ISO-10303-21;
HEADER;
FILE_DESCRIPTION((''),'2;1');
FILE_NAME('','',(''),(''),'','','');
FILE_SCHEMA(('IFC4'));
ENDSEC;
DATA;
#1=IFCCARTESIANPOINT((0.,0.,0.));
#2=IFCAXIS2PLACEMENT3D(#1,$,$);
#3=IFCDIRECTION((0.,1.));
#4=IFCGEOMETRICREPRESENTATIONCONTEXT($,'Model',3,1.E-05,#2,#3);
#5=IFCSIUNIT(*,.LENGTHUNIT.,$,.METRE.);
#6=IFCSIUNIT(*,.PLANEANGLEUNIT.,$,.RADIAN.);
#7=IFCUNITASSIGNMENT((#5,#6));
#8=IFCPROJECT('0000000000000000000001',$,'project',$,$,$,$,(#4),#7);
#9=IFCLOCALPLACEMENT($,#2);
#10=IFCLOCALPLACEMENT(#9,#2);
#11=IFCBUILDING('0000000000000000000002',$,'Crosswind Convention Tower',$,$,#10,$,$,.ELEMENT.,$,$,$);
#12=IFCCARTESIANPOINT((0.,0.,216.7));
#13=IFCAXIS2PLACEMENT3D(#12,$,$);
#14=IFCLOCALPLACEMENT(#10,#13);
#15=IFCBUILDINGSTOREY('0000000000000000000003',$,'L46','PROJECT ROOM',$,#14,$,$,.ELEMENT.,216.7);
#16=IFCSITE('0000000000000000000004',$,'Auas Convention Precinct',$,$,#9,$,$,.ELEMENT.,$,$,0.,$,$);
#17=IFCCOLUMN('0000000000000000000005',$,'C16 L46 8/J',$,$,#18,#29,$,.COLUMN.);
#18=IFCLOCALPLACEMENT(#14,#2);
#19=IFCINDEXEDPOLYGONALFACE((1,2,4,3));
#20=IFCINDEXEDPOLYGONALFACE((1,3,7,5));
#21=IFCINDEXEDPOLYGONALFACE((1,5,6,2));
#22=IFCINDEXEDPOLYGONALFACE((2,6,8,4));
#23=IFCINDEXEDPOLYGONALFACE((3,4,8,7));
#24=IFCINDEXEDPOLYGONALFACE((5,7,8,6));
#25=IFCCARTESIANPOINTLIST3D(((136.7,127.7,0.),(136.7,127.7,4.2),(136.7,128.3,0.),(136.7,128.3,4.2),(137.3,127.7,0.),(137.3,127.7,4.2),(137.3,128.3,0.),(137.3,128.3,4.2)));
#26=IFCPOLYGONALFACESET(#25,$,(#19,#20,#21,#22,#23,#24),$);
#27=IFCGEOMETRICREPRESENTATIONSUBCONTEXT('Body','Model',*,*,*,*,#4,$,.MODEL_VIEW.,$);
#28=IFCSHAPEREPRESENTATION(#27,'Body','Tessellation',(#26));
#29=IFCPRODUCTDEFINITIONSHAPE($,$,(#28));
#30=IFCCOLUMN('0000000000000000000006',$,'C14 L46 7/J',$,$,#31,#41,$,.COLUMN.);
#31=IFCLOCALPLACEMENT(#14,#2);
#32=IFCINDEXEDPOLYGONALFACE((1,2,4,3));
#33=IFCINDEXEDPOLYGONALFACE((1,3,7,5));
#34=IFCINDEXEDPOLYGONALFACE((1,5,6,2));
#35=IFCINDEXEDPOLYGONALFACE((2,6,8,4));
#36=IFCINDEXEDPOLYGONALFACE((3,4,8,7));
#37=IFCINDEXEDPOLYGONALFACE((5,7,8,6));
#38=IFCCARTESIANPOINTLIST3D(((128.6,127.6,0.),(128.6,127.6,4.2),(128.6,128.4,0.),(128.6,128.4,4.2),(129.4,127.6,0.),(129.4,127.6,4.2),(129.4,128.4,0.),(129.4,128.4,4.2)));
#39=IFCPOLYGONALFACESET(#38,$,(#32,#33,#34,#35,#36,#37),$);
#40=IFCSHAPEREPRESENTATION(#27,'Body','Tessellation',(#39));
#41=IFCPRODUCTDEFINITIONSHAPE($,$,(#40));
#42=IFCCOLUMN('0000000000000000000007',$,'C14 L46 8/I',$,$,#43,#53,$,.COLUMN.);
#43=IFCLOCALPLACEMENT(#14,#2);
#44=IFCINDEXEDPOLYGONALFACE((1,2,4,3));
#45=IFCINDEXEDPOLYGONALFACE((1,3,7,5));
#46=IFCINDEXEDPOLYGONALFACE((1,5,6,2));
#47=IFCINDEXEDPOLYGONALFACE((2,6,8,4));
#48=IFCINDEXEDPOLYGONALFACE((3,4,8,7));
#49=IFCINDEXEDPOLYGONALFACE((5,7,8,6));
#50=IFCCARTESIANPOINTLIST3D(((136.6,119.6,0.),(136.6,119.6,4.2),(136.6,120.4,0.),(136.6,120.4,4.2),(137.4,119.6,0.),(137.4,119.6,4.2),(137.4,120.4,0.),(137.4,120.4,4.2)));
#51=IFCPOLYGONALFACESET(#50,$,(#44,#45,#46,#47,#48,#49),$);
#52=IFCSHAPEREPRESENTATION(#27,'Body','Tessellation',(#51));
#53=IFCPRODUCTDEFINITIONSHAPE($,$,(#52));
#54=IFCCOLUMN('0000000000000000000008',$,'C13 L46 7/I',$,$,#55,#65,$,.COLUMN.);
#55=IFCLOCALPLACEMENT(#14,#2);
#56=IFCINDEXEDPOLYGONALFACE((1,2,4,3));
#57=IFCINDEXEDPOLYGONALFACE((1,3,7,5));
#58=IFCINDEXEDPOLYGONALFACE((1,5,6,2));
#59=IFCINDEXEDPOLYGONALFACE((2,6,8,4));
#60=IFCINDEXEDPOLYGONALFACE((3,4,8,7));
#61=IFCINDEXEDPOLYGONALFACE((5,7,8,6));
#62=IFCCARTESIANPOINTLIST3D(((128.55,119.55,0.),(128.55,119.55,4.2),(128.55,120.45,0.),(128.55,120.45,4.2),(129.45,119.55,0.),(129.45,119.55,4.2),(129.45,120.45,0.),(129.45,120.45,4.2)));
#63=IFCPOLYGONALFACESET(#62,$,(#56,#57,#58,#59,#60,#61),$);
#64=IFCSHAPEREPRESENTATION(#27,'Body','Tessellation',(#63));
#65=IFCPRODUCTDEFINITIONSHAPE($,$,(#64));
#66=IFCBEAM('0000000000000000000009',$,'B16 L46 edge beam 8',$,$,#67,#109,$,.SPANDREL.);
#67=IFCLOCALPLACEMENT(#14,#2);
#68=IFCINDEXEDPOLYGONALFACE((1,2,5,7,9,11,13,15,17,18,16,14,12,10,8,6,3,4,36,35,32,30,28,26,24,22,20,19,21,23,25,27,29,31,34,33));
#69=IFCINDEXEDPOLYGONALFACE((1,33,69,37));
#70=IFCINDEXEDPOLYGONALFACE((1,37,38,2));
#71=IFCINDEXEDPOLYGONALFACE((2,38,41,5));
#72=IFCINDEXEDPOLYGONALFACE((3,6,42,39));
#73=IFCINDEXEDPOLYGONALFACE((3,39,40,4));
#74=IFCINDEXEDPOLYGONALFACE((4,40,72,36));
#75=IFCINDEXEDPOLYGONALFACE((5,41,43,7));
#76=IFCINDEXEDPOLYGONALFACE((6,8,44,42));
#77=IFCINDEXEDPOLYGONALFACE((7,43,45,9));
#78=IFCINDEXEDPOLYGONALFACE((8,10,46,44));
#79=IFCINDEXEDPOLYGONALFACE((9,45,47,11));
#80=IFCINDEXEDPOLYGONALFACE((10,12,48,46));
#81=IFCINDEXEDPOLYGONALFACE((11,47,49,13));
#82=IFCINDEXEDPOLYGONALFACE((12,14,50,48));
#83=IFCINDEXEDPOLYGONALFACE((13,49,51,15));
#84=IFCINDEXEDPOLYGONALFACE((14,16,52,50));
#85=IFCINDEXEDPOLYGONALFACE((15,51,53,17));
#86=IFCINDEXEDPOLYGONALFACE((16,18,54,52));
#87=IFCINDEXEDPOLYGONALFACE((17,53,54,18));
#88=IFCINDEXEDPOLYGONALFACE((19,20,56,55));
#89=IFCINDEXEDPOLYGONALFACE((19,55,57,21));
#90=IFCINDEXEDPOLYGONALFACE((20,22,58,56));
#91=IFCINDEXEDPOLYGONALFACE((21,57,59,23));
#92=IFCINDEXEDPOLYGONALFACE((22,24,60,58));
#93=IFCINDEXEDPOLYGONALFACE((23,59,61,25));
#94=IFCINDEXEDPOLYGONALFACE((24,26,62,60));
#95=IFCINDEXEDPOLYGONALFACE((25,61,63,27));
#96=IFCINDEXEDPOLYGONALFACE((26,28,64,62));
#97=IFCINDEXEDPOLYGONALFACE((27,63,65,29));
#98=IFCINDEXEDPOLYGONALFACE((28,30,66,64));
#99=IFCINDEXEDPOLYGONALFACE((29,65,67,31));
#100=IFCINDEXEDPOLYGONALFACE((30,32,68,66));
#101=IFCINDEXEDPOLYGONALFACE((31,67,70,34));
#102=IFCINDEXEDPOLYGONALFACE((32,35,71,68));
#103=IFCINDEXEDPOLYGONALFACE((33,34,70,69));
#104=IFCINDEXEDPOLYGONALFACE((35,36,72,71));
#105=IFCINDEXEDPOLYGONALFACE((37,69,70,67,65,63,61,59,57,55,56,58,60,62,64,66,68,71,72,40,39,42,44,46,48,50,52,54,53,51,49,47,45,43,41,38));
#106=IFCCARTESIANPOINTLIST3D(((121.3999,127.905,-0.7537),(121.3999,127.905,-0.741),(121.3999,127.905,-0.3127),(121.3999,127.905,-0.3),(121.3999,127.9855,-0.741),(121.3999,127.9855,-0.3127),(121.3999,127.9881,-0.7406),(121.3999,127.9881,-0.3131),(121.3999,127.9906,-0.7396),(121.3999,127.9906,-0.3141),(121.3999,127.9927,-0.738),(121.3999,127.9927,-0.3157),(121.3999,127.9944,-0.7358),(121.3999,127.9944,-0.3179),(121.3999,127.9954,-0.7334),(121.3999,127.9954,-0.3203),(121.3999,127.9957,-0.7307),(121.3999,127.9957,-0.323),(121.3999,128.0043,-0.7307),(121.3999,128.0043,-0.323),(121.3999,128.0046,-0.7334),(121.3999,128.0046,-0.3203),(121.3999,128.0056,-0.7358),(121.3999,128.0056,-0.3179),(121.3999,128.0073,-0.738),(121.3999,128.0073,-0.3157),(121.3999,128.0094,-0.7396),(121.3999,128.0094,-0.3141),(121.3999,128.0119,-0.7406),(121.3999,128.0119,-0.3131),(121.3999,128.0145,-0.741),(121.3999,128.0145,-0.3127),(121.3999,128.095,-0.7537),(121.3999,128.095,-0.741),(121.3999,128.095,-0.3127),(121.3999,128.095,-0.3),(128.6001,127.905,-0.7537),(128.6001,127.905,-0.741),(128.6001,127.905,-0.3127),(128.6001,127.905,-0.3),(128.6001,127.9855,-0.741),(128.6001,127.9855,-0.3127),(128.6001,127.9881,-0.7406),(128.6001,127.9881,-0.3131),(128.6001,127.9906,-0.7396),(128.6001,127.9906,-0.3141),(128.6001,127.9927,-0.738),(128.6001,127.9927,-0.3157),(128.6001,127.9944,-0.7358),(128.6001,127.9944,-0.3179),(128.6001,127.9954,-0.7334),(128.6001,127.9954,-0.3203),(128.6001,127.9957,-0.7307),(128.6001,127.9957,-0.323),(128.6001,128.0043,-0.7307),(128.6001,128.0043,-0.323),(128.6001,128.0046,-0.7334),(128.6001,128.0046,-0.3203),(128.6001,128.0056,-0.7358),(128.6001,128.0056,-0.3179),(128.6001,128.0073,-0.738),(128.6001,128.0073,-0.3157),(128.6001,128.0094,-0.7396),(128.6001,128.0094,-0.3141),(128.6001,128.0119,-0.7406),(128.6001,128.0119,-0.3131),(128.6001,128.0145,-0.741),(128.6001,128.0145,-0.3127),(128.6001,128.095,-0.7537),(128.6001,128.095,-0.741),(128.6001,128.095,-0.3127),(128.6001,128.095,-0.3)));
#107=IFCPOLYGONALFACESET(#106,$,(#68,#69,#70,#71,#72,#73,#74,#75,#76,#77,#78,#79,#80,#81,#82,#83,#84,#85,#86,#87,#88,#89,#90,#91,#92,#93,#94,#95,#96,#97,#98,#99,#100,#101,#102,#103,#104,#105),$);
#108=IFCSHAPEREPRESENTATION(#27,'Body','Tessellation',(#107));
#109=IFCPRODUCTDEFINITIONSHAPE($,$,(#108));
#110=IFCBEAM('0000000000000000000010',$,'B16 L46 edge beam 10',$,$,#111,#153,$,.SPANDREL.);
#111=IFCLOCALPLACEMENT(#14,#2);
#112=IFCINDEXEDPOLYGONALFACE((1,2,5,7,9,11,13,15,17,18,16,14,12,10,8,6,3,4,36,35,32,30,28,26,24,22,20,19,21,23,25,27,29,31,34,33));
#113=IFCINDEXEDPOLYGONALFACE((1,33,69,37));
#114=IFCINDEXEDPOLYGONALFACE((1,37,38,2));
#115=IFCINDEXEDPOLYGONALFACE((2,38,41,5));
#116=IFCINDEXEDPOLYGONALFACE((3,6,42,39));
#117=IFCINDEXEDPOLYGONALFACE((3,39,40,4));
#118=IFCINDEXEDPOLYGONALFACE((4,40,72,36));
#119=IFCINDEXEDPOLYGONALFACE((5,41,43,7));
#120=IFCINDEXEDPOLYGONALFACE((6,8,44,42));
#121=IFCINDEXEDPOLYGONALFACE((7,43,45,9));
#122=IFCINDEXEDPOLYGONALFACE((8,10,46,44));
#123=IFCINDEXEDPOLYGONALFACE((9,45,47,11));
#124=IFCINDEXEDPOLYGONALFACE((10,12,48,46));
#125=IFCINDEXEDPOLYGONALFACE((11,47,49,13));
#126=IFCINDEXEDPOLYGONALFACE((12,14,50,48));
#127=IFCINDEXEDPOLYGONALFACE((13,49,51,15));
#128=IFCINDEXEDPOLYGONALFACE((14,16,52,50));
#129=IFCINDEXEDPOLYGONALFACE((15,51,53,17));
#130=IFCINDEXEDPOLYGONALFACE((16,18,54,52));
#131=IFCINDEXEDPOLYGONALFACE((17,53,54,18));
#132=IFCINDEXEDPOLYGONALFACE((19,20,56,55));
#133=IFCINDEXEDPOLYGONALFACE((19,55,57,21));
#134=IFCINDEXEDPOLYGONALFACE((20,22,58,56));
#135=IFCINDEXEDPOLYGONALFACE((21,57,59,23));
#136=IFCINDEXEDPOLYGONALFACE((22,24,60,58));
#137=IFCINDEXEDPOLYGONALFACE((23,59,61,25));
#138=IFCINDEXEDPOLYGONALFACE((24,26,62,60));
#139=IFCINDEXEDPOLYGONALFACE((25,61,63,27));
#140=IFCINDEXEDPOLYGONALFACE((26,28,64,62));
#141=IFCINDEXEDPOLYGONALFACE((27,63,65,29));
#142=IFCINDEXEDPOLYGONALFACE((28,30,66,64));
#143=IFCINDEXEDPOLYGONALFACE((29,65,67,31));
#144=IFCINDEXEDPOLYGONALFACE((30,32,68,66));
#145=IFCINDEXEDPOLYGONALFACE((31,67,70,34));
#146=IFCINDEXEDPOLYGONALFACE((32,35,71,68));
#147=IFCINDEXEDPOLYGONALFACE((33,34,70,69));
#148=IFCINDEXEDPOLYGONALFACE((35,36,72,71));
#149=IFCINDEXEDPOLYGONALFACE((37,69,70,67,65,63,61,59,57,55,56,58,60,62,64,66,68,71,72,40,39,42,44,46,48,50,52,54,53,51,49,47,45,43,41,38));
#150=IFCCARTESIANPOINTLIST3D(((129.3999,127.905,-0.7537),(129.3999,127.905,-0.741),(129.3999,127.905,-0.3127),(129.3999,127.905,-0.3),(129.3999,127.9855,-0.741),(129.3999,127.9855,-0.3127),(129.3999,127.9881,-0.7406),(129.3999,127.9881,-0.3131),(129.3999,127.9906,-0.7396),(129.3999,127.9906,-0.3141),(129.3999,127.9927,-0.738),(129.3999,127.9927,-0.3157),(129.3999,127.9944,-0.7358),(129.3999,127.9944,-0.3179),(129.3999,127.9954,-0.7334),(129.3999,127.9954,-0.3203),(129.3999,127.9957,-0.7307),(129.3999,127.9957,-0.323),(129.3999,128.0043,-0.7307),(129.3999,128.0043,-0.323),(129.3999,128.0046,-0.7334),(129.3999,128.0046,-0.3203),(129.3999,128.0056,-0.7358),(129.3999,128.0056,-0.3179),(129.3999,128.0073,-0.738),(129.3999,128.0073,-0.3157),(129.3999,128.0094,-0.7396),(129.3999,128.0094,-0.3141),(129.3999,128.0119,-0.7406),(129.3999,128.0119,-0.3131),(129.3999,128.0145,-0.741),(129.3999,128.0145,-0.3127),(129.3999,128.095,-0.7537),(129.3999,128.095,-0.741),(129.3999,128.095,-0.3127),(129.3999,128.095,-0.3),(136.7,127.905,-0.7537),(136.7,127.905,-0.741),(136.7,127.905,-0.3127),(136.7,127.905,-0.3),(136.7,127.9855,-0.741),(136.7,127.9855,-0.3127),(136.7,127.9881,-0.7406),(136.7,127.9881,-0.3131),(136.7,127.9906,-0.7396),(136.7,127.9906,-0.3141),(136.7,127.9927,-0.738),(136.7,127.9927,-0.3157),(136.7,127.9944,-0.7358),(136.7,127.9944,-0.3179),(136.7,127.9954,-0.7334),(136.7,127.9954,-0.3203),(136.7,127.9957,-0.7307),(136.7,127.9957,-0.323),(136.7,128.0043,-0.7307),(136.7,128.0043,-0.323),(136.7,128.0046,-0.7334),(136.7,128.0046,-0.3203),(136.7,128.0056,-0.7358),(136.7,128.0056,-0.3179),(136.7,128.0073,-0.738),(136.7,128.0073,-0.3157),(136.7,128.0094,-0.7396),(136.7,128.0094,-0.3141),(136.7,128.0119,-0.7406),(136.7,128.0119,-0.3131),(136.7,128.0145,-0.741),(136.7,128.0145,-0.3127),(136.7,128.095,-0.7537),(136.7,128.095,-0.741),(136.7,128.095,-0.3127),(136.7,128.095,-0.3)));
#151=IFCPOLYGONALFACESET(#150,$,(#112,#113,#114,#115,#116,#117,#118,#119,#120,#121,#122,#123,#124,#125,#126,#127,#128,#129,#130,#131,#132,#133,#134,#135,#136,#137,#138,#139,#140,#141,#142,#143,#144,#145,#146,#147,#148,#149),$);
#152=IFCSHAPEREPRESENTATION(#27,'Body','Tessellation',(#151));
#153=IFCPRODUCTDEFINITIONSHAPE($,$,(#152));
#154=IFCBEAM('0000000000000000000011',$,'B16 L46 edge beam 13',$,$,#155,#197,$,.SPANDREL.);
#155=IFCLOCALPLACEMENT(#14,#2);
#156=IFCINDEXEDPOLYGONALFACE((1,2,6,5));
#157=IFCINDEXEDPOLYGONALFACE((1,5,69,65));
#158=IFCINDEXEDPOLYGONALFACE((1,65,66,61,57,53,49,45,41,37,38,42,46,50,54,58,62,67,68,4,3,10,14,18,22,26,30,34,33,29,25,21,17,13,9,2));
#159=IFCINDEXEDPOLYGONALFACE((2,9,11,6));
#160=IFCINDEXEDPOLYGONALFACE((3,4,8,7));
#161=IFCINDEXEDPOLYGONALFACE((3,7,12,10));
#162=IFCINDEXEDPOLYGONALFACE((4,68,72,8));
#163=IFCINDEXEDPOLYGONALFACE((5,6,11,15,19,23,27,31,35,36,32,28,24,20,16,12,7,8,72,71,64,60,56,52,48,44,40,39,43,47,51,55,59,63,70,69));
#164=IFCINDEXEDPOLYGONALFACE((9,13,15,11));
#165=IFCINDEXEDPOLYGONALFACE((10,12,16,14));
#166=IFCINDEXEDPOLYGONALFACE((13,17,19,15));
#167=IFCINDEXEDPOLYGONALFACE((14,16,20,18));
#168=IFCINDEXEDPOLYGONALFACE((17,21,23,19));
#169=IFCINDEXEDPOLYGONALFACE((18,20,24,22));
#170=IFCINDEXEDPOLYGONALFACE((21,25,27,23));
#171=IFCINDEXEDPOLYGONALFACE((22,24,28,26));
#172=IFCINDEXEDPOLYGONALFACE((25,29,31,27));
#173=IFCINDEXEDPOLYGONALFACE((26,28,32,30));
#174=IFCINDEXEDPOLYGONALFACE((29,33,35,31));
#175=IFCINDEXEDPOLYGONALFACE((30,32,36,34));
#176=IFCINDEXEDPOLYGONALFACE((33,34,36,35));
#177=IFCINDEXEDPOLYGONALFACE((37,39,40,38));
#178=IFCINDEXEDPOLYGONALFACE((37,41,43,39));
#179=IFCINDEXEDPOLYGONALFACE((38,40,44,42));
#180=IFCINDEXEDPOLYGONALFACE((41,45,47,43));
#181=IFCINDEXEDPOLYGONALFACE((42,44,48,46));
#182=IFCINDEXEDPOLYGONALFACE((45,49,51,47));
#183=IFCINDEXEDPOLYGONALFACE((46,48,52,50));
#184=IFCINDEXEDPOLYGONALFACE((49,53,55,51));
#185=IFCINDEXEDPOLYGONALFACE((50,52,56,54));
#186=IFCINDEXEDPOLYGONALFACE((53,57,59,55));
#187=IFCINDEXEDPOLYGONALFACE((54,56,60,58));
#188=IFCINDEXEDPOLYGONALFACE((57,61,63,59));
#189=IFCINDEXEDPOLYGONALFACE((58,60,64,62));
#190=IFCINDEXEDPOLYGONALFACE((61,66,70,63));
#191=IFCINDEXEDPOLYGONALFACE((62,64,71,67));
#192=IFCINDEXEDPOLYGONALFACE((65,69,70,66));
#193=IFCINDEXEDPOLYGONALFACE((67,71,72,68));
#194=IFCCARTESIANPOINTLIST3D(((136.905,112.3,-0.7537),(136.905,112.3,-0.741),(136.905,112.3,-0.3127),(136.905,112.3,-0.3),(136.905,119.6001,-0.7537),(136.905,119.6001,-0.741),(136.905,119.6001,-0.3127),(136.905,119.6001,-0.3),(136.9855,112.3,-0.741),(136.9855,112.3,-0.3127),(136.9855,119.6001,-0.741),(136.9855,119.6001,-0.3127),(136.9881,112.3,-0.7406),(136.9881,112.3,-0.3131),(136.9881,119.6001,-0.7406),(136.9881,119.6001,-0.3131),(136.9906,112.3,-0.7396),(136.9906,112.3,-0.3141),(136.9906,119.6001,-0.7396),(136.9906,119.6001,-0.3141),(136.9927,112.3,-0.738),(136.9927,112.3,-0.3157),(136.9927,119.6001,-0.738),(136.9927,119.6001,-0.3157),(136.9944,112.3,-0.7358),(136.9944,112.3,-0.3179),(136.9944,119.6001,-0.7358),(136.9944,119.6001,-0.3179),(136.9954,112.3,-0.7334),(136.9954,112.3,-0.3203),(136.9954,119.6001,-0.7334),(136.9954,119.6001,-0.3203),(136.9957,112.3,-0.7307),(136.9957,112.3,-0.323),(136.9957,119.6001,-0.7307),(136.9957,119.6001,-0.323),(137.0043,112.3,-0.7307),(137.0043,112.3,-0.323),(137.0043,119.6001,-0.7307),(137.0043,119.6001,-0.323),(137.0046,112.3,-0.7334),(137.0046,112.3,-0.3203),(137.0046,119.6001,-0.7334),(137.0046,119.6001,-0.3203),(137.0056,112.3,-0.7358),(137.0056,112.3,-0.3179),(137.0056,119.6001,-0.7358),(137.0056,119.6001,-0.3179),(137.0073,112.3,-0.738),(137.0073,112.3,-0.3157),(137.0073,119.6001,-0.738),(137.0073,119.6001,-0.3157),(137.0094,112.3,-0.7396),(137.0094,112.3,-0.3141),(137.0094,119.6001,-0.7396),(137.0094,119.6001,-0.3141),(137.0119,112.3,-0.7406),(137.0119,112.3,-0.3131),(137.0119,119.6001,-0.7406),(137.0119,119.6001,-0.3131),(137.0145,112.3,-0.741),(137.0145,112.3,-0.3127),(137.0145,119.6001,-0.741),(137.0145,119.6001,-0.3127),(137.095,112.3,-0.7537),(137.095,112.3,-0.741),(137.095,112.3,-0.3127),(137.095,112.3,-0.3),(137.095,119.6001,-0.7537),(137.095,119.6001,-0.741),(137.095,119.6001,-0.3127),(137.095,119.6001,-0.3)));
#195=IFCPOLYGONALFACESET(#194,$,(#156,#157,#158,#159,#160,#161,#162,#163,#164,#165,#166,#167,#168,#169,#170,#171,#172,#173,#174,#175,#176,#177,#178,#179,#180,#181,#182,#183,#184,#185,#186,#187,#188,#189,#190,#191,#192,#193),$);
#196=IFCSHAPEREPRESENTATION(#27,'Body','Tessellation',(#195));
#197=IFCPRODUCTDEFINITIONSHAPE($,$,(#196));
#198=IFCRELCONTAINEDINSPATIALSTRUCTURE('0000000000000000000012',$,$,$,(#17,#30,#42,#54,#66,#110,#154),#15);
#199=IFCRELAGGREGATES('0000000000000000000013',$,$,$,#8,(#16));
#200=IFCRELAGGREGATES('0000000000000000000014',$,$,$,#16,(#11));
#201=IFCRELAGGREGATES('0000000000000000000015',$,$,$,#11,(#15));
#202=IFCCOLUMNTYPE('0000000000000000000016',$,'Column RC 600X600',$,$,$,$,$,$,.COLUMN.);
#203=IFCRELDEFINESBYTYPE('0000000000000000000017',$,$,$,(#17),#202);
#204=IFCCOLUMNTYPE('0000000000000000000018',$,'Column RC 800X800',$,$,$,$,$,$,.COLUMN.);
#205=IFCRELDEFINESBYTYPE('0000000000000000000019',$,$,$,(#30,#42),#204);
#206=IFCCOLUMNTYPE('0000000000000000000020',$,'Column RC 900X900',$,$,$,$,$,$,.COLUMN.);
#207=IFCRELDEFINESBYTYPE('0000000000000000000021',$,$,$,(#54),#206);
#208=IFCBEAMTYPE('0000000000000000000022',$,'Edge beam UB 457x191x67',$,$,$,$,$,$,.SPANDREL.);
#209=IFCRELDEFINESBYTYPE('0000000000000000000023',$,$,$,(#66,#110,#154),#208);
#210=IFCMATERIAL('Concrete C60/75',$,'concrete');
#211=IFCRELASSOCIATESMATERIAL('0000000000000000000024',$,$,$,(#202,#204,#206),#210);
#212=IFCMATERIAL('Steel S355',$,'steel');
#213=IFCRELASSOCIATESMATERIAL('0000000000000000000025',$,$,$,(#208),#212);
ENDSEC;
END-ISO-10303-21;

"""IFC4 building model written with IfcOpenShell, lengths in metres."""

from ifc_helpers import new_model, si_unit, direction, frame, origin, origin_2d, place, context, subcontext, project, spatial, rectangle, i_section, extrude, material, material_profile, profile_set, type_object, element, save


model = new_model("IFC4")

# Units and contexts
model_context = context("Model", 3, precision=1e-05, world=origin(), true_north=direction((0.0, 1.0)))
body_context = subcontext(model_context, "Body", "Model", "MODEL_VIEW")
ifc_project = project(units=[si_unit("LENGTHUNIT", "METRE"), si_unit("PLANEANGLEUNIT", "RADIAN")], contexts=[model_context])

# Site, building, storey
site_placement = place(None, origin())
site = spatial("IfcSite", under=ifc_project, at=site_placement, Name="Auas Convention Precinct", CompositionType="ELEMENT", RefElevation=0.0)
building_placement = place(site_placement, origin())
building = spatial("IfcBuilding", under=site, at=building_placement, Name="Crosswind Convention Tower", CompositionType="ELEMENT")
storey_placement = place(building_placement, frame((0.0, 0.0, 216.7)))
storey = spatial("IfcBuildingStorey", under=building, at=storey_placement, Name="L46", Description="PROJECT ROOM", CompositionType="ELEMENT", Elevation=216.7)

# Columns
ifc_material_1 = material(Name="Concrete C60/75", Category="concrete")
ifc_material_profile_1 = material_profile(ifc_material_1, rectangle(XDim=0.6001, YDim=0.6001, at=origin_2d()), Name="RC 600X600")
ifc_profile_set_1 = profile_set([ifc_material_profile_1], Name="Concrete C60/75")
column_type_1 = type_object("IfcColumnType", Name="Column RC 600X600", PredefinedType="COLUMN", material=ifc_profile_set_1)
column_1_placement = place(storey_placement, frame((137.0, 128.0, 0.0), z_axis=(0.0, 0.0, 1.0), x_axis=(1.0, 0.0, 0.0)))
element("IfcColumn", 1, at=column_1_placement, inside=storey, type_object=column_type_1, Name="C16 L46 8/J", PredefinedType="COLUMN", context=body_context, shape_type="SweptSolid", body=[
    extrude(rectangle(XDim=0.6001, YDim=0.6001, at=origin_2d()), origin(), (0.0, 0.0, 1.0), 4.2),
])
ifc_material_profile_2 = material_profile(ifc_material_1, rectangle(XDim=0.8, YDim=0.8, at=origin_2d()), Name="RC 800X800")
ifc_profile_set_2 = profile_set([ifc_material_profile_2], Name="Concrete C60/75")
column_type_2 = type_object("IfcColumnType", Name="Column RC 800X800", PredefinedType="COLUMN", material=ifc_profile_set_2)
for number, where, z_axis, x_axis, name in (
    (2, (129.0, 128.0, 0.0), (0.0, 0.0, 1.0), (1.0, 0.0, 0.0), "C14 L46 7/J"),
    (3, (137.0, 120.0, 0.0), (0.0, 0.0, 1.0), (1.0, 0.0, 0.0), "C14 L46 8/I"),
):
    element("IfcColumn", number, at=place(storey_placement, frame(where, z_axis=z_axis, x_axis=x_axis)), inside=storey, type_object=column_type_2, Name=name, PredefinedType="COLUMN", context=body_context, shape_type="SweptSolid", body=[
        extrude(rectangle(XDim=0.8, YDim=0.8, at=origin_2d()), origin(), (0.0, 0.0, 1.0), 4.2),
    ])
ifc_material_profile_3 = material_profile(ifc_material_1, rectangle(XDim=0.8999, YDim=0.8999, at=origin_2d()), Name="RC 900X900")
ifc_profile_set_3 = profile_set([ifc_material_profile_3], Name="Concrete C60/75")
column_type_3 = type_object("IfcColumnType", Name="Column RC 900X900", PredefinedType="COLUMN", material=ifc_profile_set_3)
column_2_placement = place(storey_placement, frame((129.0, 120.0, 0.0), z_axis=(0.0, 0.0, 1.0), x_axis=(1.0, 0.0, 0.0)))
element("IfcColumn", 4, at=column_2_placement, inside=storey, type_object=column_type_3, Name="C13 L46 7/I", PredefinedType="COLUMN", context=body_context, shape_type="SweptSolid", body=[
    extrude(rectangle(XDim=0.8999, YDim=0.8999, at=origin_2d()), origin(), (0.0, 0.0, 1.0), 4.2),
])

# Beams
ifc_material_2 = material(Name="Steel S355", Category="steel")
ifc_material_profile_4 = material_profile(ifc_material_2, i_section(OverallWidth=0.1899, OverallDepth=0.4536, WebThickness=0.0085, FlangeThickness=0.0127, FilletRadius=0.0103, at=origin_2d()), Name="UB 457x191x67")
ifc_profile_set_4 = profile_set([ifc_material_profile_4], Name="Steel S355")
beam_type_1 = type_object("IfcBeamType", Name="Edge beam UB 457x191x67", PredefinedType="SPANDREL", material=ifc_profile_set_4)
beam_placement = place(storey_placement, frame((121.3999, 128.0, -0.5269), z_axis=(1.0, 0.0, 0.0), x_axis=(0.0, 1.0, 0.0)))
element("IfcBeam", 5, at=beam_placement, inside=storey, type_object=beam_type_1, Name="B16 L46 edge beam 8", PredefinedType="SPANDREL", context=body_context, shape_type="SweptSolid", body=[
    extrude(i_section(OverallWidth=0.1899, OverallDepth=0.4536, WebThickness=0.0085, FlangeThickness=0.0127, FilletRadius=0.0103, at=origin_2d()), origin(), (0.0, 0.0, 1.0), 7.2002),
])
for number, where, z_axis, x_axis, name in (
    (6, (129.3999, 128.0, -0.5269), (1.0, 0.0, 0.0), (0.0, 1.0, 0.0), "B16 L46 edge beam 10"),
    (7, (137.0, 112.3, -0.5269), (0.0, 1.0, 0.0), (-1.0, 0.0, 0.0), "B16 L46 edge beam 13"),
):
    element("IfcBeam", number, at=place(storey_placement, frame(where, z_axis=z_axis, x_axis=x_axis)), inside=storey, type_object=beam_type_1, Name=name, PredefinedType="SPANDREL", context=body_context, shape_type="SweptSolid", body=[
        extrude(i_section(OverallWidth=0.1899, OverallDepth=0.4536, WebThickness=0.0085, FlangeThickness=0.0127, FilletRadius=0.0103, at=origin_2d()), origin(), (0.0, 0.0, 1.0), 7.3),
    ])

save(model, "model.ifc")
